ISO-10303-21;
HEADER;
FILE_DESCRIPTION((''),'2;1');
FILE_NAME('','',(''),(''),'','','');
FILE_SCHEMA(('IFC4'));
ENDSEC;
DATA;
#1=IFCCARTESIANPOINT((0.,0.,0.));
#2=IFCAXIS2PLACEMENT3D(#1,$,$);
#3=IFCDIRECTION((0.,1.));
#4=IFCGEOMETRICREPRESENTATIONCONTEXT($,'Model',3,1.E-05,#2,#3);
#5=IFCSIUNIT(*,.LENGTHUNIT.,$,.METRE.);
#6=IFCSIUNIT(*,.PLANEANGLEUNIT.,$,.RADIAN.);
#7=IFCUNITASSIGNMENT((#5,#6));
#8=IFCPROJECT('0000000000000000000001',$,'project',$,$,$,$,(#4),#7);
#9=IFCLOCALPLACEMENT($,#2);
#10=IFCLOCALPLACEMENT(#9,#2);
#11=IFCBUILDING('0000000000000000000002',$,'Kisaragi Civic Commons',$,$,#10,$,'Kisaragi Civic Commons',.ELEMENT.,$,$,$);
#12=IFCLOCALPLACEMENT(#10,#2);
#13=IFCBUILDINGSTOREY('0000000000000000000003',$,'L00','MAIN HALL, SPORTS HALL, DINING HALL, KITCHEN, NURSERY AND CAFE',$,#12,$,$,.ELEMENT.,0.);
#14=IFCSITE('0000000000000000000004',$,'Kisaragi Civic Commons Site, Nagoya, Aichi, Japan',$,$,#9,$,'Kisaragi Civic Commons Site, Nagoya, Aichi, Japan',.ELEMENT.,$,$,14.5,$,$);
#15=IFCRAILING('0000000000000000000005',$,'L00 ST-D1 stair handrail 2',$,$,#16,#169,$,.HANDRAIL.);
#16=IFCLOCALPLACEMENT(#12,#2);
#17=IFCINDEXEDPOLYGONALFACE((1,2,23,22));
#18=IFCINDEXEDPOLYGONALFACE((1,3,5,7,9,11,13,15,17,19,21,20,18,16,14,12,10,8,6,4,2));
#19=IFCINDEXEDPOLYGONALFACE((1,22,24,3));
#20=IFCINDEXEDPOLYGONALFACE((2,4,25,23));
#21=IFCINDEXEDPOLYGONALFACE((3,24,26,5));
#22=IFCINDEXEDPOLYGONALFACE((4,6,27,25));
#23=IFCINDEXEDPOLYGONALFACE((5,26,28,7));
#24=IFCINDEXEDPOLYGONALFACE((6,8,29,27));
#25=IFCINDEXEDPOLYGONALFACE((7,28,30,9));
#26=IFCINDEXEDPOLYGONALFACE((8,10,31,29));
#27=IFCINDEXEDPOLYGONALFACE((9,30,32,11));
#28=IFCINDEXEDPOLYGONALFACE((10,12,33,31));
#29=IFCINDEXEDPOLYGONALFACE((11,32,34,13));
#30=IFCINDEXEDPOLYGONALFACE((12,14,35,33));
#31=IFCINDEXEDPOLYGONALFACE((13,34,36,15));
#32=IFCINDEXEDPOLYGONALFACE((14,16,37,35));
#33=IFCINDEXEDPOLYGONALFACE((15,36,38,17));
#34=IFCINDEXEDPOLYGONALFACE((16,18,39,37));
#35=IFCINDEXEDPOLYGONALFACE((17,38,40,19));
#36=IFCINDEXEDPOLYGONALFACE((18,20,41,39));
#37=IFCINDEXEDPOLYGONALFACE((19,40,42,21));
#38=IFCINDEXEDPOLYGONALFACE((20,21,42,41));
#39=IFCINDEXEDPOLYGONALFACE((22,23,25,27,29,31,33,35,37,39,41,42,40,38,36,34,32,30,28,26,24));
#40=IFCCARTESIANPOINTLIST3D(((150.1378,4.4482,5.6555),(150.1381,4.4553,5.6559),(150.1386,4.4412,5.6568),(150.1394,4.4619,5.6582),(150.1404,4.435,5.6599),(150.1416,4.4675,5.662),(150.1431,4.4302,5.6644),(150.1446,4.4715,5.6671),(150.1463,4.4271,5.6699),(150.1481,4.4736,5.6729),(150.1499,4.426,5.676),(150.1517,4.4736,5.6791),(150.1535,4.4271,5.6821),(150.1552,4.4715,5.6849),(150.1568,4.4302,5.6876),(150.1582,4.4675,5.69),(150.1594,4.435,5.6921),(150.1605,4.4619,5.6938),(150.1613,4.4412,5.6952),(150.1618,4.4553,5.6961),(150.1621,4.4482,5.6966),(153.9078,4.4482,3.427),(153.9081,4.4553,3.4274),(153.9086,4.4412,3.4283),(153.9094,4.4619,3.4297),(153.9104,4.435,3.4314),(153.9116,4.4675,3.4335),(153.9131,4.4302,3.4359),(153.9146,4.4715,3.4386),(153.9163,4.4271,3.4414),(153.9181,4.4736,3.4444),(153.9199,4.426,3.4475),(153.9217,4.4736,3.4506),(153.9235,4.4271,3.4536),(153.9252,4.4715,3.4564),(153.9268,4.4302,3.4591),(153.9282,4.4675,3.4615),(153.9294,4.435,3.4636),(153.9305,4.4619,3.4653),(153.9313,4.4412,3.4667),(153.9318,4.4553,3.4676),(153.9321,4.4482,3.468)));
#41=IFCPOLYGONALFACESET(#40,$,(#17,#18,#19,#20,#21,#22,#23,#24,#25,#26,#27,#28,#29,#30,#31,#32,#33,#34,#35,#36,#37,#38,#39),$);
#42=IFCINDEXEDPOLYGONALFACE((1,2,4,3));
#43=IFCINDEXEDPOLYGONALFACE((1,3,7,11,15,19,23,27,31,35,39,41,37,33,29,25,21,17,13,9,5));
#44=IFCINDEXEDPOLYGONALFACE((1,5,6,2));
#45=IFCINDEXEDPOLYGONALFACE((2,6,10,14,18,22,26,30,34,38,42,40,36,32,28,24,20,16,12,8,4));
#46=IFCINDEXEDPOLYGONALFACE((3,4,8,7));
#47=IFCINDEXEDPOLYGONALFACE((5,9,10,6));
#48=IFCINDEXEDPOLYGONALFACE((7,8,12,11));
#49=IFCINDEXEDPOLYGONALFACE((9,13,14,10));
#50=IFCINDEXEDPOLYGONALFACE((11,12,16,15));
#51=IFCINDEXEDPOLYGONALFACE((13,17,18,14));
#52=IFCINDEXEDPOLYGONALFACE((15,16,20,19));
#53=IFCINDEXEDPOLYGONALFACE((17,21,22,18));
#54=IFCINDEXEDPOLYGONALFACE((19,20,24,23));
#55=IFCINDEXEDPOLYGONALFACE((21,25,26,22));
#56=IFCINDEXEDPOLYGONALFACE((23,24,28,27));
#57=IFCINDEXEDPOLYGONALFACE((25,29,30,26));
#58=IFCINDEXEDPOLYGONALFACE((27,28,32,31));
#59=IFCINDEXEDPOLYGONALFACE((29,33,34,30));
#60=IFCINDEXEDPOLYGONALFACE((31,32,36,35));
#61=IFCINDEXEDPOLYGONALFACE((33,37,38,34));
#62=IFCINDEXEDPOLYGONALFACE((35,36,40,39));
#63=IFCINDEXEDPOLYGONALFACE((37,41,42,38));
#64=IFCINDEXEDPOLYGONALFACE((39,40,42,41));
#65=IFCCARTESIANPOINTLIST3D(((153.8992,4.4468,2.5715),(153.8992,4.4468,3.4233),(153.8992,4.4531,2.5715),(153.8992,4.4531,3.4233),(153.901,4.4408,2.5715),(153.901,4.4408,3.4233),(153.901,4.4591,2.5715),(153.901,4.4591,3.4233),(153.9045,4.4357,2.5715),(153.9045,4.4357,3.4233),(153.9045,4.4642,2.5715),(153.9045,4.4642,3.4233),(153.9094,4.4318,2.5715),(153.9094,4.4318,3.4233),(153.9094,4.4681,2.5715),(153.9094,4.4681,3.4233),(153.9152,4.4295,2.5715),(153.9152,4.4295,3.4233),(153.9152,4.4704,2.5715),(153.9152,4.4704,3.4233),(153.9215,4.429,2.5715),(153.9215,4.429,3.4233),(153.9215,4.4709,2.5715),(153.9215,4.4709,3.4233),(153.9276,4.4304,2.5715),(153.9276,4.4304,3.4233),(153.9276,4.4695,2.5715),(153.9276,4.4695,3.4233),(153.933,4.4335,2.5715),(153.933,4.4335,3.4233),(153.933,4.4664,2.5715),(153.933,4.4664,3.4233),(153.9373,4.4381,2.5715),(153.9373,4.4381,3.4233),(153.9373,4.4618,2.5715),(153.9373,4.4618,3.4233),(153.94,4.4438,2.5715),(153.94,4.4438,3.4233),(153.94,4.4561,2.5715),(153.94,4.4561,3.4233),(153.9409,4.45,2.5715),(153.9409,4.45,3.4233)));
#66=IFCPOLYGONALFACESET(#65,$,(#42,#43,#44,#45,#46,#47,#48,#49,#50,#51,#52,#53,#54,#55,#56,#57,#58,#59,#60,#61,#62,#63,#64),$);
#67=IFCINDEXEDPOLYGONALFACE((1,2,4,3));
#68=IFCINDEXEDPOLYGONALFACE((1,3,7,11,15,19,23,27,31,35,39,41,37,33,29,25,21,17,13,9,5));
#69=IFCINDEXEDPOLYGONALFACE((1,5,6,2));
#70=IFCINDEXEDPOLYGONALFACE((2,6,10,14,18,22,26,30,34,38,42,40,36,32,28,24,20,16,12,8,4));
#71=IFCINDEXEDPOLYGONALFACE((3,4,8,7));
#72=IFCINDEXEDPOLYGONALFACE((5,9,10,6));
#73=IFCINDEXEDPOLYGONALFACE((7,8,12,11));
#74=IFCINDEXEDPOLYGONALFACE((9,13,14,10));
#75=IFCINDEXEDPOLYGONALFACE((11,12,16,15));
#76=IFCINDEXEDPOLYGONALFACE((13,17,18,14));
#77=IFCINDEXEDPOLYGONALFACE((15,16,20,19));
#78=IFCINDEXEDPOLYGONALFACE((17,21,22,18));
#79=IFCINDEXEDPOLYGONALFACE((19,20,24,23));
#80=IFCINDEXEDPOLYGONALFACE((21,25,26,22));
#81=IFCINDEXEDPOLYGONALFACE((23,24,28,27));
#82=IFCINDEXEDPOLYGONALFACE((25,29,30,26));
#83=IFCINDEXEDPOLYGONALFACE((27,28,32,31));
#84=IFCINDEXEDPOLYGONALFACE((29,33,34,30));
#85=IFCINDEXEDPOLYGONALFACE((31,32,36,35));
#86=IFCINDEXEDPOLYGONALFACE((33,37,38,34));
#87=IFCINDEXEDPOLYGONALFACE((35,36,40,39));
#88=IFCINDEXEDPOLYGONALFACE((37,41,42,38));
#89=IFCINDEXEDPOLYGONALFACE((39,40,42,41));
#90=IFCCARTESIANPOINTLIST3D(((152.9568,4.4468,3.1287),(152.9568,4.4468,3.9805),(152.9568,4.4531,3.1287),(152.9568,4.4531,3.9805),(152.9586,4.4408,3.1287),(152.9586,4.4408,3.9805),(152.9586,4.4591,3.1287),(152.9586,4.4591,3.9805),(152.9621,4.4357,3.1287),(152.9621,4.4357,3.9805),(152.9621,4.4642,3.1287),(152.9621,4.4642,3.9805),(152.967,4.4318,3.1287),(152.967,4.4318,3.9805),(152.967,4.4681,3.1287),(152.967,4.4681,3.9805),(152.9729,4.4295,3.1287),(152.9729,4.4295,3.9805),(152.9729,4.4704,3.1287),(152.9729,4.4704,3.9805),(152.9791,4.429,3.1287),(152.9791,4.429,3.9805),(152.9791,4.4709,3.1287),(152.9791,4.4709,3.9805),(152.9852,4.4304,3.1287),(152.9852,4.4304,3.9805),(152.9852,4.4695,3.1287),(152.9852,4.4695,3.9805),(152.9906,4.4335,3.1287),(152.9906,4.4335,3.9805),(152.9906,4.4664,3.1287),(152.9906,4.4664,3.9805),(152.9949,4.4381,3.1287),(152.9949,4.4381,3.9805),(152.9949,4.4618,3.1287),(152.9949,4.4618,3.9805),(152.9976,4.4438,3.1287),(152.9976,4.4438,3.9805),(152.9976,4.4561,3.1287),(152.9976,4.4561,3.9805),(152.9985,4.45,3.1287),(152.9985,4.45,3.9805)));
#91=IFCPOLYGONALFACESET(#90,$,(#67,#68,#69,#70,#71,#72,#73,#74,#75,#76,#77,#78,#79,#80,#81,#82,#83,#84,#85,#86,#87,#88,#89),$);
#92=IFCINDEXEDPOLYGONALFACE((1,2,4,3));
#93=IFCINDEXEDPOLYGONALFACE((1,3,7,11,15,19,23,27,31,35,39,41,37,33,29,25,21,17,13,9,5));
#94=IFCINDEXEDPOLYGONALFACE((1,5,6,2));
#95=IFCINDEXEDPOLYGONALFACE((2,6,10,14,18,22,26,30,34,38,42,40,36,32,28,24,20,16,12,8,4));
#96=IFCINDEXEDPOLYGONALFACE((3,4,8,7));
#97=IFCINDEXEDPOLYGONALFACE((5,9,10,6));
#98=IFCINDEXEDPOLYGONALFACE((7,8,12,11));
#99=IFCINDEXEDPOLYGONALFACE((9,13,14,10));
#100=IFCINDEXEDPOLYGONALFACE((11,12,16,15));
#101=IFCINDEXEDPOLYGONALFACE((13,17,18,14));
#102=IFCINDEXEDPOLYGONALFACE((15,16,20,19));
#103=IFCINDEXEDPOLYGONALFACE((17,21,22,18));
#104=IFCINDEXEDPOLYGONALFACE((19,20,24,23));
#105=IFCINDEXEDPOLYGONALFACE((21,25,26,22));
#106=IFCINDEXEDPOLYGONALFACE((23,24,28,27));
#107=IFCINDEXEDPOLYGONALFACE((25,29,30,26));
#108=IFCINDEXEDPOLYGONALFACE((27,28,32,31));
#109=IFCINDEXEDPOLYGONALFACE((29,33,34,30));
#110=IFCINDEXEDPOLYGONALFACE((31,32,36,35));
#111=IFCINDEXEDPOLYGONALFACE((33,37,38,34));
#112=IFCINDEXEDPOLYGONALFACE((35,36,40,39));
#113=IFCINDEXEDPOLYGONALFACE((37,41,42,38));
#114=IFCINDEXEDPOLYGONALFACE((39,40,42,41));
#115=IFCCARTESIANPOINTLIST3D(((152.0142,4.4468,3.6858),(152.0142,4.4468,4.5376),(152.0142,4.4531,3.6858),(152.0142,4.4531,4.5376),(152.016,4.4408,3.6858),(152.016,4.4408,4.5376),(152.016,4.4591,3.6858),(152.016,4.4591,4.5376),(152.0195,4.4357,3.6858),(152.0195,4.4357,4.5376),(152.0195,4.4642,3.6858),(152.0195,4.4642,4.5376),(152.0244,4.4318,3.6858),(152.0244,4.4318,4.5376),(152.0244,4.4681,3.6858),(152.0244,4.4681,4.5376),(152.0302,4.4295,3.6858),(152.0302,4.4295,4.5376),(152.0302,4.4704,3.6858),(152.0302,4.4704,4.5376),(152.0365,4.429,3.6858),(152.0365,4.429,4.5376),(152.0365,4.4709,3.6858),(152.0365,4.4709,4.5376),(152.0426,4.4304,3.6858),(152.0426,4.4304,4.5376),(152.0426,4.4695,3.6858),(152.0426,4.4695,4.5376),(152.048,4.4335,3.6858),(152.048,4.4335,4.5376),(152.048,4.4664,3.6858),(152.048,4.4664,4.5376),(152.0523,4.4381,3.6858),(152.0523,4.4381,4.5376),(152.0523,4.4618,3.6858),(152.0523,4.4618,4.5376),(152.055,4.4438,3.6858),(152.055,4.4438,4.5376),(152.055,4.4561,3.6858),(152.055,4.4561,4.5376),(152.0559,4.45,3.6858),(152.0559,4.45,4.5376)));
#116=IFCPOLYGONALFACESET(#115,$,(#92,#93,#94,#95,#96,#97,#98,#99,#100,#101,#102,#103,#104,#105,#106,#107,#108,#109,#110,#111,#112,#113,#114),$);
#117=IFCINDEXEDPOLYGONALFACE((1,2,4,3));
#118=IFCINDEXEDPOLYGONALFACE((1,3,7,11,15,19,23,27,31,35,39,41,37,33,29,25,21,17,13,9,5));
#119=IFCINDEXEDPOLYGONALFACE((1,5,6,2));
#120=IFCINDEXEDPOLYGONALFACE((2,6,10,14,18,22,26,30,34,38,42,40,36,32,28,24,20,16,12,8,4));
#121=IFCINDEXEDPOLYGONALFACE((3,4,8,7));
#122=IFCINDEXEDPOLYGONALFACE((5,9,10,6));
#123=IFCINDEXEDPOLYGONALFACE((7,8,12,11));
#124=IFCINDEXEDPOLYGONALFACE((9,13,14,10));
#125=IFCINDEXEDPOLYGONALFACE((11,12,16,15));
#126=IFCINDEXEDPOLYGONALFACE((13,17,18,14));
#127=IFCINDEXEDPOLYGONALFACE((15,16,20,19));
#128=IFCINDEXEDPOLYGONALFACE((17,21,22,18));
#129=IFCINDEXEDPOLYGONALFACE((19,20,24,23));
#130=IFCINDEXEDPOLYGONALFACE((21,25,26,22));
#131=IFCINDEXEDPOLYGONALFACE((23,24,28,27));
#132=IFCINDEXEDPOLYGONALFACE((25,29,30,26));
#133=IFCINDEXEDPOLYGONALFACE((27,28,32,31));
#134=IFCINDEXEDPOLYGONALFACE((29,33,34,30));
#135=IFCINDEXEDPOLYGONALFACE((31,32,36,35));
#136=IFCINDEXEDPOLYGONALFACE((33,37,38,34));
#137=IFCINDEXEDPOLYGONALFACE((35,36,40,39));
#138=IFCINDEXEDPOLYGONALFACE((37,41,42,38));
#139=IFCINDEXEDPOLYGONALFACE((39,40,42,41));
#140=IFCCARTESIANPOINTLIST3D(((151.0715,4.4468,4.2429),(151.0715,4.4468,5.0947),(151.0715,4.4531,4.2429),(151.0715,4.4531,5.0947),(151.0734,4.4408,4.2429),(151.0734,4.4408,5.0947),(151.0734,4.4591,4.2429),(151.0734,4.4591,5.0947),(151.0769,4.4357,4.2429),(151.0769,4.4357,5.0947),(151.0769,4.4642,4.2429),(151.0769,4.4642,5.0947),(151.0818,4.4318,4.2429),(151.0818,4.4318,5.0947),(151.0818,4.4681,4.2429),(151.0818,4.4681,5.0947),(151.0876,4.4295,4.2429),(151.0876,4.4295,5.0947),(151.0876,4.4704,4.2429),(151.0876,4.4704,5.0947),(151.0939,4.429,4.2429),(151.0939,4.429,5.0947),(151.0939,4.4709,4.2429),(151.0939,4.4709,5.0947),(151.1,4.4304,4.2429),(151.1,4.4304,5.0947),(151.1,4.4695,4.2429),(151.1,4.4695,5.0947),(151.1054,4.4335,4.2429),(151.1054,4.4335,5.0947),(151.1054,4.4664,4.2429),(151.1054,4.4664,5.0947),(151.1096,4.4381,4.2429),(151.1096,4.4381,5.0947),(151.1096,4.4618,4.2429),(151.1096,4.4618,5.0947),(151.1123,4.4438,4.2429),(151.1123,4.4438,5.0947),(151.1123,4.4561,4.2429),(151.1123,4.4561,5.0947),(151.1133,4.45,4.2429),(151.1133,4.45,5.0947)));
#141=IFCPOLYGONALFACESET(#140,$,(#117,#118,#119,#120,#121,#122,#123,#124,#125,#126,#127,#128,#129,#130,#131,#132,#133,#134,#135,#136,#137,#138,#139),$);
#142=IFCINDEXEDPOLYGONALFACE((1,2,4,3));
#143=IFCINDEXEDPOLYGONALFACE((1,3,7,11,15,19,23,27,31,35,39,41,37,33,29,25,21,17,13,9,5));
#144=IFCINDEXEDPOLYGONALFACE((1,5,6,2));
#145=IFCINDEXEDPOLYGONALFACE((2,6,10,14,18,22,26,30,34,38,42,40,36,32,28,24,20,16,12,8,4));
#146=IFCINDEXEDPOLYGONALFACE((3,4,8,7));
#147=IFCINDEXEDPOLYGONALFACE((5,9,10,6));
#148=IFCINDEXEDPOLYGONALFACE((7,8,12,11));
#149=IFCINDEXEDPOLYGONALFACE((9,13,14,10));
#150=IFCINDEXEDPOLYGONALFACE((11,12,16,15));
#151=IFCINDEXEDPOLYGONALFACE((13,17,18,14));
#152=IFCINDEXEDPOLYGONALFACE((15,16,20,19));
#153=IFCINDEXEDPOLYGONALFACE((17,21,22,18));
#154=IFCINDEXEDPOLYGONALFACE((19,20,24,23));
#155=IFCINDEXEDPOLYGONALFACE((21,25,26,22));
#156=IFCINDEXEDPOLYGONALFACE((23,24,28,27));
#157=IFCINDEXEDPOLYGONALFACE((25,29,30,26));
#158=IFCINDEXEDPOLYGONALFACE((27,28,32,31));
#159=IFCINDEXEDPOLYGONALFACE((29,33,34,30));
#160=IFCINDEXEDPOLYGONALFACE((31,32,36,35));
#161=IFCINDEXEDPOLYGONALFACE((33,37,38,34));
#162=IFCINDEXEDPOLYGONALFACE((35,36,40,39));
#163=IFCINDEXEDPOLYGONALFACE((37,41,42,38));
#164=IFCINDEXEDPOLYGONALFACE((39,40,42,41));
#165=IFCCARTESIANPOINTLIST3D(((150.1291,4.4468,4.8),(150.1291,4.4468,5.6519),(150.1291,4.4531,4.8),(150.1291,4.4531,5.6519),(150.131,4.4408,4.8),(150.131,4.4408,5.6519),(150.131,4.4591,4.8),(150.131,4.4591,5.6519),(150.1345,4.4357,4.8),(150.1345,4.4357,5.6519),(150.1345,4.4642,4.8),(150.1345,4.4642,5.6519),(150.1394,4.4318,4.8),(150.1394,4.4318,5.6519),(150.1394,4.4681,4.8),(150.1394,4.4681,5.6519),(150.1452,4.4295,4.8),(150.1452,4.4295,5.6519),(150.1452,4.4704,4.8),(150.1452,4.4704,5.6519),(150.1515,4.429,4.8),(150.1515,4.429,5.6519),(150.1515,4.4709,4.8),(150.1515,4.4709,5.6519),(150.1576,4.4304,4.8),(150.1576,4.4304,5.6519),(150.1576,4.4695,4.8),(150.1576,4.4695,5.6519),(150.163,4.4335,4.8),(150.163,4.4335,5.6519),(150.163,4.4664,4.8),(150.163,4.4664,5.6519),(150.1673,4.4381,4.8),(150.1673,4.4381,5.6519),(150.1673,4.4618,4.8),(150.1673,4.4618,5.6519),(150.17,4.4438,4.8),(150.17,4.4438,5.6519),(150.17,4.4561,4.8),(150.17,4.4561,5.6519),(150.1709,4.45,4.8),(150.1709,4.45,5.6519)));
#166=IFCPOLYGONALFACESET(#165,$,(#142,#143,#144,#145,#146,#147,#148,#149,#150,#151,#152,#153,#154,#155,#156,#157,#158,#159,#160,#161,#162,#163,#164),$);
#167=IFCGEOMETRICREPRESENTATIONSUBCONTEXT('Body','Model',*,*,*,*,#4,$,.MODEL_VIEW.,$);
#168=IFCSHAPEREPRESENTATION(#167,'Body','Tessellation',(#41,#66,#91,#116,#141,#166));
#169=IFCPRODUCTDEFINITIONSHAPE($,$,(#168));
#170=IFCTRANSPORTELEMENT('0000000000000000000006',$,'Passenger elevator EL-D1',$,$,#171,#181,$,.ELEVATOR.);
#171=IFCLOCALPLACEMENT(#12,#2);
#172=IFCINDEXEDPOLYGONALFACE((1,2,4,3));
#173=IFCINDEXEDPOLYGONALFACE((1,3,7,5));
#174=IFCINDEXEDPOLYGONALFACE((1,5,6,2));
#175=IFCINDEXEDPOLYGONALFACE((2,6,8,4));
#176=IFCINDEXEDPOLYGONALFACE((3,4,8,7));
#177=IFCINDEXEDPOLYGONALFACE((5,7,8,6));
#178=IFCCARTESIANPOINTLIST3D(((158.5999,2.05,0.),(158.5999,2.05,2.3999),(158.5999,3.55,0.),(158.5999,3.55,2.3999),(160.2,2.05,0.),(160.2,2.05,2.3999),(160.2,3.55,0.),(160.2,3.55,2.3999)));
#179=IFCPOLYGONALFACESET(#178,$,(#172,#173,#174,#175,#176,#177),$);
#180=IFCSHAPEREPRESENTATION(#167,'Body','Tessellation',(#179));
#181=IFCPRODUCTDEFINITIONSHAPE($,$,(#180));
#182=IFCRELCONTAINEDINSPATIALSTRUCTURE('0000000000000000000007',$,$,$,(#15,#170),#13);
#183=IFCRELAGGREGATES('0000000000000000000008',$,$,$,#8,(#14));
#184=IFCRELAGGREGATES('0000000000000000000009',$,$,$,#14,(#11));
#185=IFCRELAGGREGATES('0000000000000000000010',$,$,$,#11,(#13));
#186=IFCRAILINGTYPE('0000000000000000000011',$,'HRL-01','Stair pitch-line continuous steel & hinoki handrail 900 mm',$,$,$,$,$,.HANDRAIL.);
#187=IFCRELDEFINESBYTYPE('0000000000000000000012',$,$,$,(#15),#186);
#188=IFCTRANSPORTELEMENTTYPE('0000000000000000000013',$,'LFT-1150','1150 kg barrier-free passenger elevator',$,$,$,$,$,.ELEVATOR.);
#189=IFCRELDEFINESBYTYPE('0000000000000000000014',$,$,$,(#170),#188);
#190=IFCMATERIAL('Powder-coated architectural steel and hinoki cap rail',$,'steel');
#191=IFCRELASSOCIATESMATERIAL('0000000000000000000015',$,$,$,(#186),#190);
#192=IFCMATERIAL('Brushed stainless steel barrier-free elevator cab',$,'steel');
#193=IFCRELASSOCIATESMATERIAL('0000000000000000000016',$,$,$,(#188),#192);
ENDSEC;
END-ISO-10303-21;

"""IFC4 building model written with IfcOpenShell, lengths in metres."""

from ifc_helpers import new_model, si_unit, direction, frame, origin, origin_2d, place, context, subcontext, project, spatial, rectangle, circle, extrude, material, type_object, element, save


model = new_model("IFC4")

# Units and contexts
model_context = context("Model", 3, precision=1e-05, world=origin(), true_north=direction((0.0, 1.0)))
body_context = subcontext(model_context, "Body", "Model", "MODEL_VIEW")
ifc_project = project(units=[si_unit("LENGTHUNIT", "METRE"), si_unit("PLANEANGLEUNIT", "RADIAN")], contexts=[model_context])

# Site, building, storey
site_placement = place(None, origin())
site = spatial("IfcSite", under=ifc_project, at=site_placement, Name="Kisaragi Civic Commons Site, Nagoya, Aichi, Japan", LongName="Kisaragi Civic Commons Site, Nagoya, Aichi, Japan", CompositionType="ELEMENT", RefElevation=14.5)
building_placement = place(site_placement, origin())
building = spatial("IfcBuilding", under=site, at=building_placement, Name="Kisaragi Civic Commons", LongName="Kisaragi Civic Commons", CompositionType="ELEMENT")
storey_placement = place(building_placement, origin())
storey = spatial("IfcBuildingStorey", under=building, at=storey_placement, Name="L00", Description="MAIN HALL, SPORTS HALL, DINING HALL, KITCHEN, NURSERY AND CAFE", CompositionType="ELEMENT", Elevation=0.0)

# Railing
ifc_material_1 = material(Name="Powder-coated architectural steel and hinoki cap rail", Category="steel")
railing_type_1 = type_object("IfcRailingType", Name="HRL-01", Description="Stair pitch-line continuous steel & hinoki handrail 900 mm", PredefinedType="HANDRAIL", material=ifc_material_1)
railing_1_placement = place(storey_placement, frame((153.9199, 4.45, 2.5715)))
element("IfcRailing", 1, at=railing_1_placement, inside=storey, type_object=railing_type_1, Name="L00 ST-D1 stair handrail 2", PredefinedType="HANDRAIL", context=body_context, shape_type="SweptSolid", body=[
    extrude(circle(Radius=0.0239, at=origin_2d()), frame((0.0, 0.0, 0.876), z_axis=(-0.860849, 0.0, 0.508861), x_axis=(0.0, -1.0, 0.0)), (0.0, 0.0, 1.0), 4.3794),
    extrude(circle(Radius=0.021, at=origin_2d()), origin(), (0.0, 0.0, 1.0), 0.8518),
    extrude(circle(Radius=0.021, at=origin_2d()), frame((-0.9424, 0.0, 0.5571)), (0.0, 0.0, 1.0), 0.8518),
    extrude(circle(Radius=0.021, at=origin_2d()), frame((-1.885, 0.0, 1.1143)), (0.0, 0.0, 1.0), 0.8518),
    extrude(circle(Radius=0.021, at=origin_2d()), frame((-2.8276, 0.0, 1.6714)), (0.0, 0.0, 1.0), 0.8518),
    extrude(circle(Radius=0.021, at=origin_2d()), frame((-3.77, 0.0, 2.2285)), (0.0, 0.0, 1.0), 0.8518),
])

# Transport element
ifc_material_2 = material(Name="Brushed stainless steel barrier-free elevator cab", Category="steel")
transport_element_type = type_object("IfcTransportElementType", Name="LFT-1150", Description="1150 kg barrier-free passenger elevator", PredefinedType="ELEVATOR", material=ifc_material_2)
transport_element_placement = place(storey_placement, frame((159.3999, 2.8, 0.0), z_axis=(0.0, 0.0, 1.0), x_axis=(1.0, 0.0, 0.0)))
element("IfcTransportElement", 2, at=transport_element_placement, inside=storey, type_object=transport_element_type, Name="Passenger elevator EL-D1", PredefinedType="ELEVATOR", context=body_context, shape_type="SweptSolid", body=[
    extrude(rectangle(XDim=1.6001, YDim=1.5, at=origin_2d()), origin(), (0.0, 0.0, 1.0), 2.3999),
])

save(model, "model.ifc")
